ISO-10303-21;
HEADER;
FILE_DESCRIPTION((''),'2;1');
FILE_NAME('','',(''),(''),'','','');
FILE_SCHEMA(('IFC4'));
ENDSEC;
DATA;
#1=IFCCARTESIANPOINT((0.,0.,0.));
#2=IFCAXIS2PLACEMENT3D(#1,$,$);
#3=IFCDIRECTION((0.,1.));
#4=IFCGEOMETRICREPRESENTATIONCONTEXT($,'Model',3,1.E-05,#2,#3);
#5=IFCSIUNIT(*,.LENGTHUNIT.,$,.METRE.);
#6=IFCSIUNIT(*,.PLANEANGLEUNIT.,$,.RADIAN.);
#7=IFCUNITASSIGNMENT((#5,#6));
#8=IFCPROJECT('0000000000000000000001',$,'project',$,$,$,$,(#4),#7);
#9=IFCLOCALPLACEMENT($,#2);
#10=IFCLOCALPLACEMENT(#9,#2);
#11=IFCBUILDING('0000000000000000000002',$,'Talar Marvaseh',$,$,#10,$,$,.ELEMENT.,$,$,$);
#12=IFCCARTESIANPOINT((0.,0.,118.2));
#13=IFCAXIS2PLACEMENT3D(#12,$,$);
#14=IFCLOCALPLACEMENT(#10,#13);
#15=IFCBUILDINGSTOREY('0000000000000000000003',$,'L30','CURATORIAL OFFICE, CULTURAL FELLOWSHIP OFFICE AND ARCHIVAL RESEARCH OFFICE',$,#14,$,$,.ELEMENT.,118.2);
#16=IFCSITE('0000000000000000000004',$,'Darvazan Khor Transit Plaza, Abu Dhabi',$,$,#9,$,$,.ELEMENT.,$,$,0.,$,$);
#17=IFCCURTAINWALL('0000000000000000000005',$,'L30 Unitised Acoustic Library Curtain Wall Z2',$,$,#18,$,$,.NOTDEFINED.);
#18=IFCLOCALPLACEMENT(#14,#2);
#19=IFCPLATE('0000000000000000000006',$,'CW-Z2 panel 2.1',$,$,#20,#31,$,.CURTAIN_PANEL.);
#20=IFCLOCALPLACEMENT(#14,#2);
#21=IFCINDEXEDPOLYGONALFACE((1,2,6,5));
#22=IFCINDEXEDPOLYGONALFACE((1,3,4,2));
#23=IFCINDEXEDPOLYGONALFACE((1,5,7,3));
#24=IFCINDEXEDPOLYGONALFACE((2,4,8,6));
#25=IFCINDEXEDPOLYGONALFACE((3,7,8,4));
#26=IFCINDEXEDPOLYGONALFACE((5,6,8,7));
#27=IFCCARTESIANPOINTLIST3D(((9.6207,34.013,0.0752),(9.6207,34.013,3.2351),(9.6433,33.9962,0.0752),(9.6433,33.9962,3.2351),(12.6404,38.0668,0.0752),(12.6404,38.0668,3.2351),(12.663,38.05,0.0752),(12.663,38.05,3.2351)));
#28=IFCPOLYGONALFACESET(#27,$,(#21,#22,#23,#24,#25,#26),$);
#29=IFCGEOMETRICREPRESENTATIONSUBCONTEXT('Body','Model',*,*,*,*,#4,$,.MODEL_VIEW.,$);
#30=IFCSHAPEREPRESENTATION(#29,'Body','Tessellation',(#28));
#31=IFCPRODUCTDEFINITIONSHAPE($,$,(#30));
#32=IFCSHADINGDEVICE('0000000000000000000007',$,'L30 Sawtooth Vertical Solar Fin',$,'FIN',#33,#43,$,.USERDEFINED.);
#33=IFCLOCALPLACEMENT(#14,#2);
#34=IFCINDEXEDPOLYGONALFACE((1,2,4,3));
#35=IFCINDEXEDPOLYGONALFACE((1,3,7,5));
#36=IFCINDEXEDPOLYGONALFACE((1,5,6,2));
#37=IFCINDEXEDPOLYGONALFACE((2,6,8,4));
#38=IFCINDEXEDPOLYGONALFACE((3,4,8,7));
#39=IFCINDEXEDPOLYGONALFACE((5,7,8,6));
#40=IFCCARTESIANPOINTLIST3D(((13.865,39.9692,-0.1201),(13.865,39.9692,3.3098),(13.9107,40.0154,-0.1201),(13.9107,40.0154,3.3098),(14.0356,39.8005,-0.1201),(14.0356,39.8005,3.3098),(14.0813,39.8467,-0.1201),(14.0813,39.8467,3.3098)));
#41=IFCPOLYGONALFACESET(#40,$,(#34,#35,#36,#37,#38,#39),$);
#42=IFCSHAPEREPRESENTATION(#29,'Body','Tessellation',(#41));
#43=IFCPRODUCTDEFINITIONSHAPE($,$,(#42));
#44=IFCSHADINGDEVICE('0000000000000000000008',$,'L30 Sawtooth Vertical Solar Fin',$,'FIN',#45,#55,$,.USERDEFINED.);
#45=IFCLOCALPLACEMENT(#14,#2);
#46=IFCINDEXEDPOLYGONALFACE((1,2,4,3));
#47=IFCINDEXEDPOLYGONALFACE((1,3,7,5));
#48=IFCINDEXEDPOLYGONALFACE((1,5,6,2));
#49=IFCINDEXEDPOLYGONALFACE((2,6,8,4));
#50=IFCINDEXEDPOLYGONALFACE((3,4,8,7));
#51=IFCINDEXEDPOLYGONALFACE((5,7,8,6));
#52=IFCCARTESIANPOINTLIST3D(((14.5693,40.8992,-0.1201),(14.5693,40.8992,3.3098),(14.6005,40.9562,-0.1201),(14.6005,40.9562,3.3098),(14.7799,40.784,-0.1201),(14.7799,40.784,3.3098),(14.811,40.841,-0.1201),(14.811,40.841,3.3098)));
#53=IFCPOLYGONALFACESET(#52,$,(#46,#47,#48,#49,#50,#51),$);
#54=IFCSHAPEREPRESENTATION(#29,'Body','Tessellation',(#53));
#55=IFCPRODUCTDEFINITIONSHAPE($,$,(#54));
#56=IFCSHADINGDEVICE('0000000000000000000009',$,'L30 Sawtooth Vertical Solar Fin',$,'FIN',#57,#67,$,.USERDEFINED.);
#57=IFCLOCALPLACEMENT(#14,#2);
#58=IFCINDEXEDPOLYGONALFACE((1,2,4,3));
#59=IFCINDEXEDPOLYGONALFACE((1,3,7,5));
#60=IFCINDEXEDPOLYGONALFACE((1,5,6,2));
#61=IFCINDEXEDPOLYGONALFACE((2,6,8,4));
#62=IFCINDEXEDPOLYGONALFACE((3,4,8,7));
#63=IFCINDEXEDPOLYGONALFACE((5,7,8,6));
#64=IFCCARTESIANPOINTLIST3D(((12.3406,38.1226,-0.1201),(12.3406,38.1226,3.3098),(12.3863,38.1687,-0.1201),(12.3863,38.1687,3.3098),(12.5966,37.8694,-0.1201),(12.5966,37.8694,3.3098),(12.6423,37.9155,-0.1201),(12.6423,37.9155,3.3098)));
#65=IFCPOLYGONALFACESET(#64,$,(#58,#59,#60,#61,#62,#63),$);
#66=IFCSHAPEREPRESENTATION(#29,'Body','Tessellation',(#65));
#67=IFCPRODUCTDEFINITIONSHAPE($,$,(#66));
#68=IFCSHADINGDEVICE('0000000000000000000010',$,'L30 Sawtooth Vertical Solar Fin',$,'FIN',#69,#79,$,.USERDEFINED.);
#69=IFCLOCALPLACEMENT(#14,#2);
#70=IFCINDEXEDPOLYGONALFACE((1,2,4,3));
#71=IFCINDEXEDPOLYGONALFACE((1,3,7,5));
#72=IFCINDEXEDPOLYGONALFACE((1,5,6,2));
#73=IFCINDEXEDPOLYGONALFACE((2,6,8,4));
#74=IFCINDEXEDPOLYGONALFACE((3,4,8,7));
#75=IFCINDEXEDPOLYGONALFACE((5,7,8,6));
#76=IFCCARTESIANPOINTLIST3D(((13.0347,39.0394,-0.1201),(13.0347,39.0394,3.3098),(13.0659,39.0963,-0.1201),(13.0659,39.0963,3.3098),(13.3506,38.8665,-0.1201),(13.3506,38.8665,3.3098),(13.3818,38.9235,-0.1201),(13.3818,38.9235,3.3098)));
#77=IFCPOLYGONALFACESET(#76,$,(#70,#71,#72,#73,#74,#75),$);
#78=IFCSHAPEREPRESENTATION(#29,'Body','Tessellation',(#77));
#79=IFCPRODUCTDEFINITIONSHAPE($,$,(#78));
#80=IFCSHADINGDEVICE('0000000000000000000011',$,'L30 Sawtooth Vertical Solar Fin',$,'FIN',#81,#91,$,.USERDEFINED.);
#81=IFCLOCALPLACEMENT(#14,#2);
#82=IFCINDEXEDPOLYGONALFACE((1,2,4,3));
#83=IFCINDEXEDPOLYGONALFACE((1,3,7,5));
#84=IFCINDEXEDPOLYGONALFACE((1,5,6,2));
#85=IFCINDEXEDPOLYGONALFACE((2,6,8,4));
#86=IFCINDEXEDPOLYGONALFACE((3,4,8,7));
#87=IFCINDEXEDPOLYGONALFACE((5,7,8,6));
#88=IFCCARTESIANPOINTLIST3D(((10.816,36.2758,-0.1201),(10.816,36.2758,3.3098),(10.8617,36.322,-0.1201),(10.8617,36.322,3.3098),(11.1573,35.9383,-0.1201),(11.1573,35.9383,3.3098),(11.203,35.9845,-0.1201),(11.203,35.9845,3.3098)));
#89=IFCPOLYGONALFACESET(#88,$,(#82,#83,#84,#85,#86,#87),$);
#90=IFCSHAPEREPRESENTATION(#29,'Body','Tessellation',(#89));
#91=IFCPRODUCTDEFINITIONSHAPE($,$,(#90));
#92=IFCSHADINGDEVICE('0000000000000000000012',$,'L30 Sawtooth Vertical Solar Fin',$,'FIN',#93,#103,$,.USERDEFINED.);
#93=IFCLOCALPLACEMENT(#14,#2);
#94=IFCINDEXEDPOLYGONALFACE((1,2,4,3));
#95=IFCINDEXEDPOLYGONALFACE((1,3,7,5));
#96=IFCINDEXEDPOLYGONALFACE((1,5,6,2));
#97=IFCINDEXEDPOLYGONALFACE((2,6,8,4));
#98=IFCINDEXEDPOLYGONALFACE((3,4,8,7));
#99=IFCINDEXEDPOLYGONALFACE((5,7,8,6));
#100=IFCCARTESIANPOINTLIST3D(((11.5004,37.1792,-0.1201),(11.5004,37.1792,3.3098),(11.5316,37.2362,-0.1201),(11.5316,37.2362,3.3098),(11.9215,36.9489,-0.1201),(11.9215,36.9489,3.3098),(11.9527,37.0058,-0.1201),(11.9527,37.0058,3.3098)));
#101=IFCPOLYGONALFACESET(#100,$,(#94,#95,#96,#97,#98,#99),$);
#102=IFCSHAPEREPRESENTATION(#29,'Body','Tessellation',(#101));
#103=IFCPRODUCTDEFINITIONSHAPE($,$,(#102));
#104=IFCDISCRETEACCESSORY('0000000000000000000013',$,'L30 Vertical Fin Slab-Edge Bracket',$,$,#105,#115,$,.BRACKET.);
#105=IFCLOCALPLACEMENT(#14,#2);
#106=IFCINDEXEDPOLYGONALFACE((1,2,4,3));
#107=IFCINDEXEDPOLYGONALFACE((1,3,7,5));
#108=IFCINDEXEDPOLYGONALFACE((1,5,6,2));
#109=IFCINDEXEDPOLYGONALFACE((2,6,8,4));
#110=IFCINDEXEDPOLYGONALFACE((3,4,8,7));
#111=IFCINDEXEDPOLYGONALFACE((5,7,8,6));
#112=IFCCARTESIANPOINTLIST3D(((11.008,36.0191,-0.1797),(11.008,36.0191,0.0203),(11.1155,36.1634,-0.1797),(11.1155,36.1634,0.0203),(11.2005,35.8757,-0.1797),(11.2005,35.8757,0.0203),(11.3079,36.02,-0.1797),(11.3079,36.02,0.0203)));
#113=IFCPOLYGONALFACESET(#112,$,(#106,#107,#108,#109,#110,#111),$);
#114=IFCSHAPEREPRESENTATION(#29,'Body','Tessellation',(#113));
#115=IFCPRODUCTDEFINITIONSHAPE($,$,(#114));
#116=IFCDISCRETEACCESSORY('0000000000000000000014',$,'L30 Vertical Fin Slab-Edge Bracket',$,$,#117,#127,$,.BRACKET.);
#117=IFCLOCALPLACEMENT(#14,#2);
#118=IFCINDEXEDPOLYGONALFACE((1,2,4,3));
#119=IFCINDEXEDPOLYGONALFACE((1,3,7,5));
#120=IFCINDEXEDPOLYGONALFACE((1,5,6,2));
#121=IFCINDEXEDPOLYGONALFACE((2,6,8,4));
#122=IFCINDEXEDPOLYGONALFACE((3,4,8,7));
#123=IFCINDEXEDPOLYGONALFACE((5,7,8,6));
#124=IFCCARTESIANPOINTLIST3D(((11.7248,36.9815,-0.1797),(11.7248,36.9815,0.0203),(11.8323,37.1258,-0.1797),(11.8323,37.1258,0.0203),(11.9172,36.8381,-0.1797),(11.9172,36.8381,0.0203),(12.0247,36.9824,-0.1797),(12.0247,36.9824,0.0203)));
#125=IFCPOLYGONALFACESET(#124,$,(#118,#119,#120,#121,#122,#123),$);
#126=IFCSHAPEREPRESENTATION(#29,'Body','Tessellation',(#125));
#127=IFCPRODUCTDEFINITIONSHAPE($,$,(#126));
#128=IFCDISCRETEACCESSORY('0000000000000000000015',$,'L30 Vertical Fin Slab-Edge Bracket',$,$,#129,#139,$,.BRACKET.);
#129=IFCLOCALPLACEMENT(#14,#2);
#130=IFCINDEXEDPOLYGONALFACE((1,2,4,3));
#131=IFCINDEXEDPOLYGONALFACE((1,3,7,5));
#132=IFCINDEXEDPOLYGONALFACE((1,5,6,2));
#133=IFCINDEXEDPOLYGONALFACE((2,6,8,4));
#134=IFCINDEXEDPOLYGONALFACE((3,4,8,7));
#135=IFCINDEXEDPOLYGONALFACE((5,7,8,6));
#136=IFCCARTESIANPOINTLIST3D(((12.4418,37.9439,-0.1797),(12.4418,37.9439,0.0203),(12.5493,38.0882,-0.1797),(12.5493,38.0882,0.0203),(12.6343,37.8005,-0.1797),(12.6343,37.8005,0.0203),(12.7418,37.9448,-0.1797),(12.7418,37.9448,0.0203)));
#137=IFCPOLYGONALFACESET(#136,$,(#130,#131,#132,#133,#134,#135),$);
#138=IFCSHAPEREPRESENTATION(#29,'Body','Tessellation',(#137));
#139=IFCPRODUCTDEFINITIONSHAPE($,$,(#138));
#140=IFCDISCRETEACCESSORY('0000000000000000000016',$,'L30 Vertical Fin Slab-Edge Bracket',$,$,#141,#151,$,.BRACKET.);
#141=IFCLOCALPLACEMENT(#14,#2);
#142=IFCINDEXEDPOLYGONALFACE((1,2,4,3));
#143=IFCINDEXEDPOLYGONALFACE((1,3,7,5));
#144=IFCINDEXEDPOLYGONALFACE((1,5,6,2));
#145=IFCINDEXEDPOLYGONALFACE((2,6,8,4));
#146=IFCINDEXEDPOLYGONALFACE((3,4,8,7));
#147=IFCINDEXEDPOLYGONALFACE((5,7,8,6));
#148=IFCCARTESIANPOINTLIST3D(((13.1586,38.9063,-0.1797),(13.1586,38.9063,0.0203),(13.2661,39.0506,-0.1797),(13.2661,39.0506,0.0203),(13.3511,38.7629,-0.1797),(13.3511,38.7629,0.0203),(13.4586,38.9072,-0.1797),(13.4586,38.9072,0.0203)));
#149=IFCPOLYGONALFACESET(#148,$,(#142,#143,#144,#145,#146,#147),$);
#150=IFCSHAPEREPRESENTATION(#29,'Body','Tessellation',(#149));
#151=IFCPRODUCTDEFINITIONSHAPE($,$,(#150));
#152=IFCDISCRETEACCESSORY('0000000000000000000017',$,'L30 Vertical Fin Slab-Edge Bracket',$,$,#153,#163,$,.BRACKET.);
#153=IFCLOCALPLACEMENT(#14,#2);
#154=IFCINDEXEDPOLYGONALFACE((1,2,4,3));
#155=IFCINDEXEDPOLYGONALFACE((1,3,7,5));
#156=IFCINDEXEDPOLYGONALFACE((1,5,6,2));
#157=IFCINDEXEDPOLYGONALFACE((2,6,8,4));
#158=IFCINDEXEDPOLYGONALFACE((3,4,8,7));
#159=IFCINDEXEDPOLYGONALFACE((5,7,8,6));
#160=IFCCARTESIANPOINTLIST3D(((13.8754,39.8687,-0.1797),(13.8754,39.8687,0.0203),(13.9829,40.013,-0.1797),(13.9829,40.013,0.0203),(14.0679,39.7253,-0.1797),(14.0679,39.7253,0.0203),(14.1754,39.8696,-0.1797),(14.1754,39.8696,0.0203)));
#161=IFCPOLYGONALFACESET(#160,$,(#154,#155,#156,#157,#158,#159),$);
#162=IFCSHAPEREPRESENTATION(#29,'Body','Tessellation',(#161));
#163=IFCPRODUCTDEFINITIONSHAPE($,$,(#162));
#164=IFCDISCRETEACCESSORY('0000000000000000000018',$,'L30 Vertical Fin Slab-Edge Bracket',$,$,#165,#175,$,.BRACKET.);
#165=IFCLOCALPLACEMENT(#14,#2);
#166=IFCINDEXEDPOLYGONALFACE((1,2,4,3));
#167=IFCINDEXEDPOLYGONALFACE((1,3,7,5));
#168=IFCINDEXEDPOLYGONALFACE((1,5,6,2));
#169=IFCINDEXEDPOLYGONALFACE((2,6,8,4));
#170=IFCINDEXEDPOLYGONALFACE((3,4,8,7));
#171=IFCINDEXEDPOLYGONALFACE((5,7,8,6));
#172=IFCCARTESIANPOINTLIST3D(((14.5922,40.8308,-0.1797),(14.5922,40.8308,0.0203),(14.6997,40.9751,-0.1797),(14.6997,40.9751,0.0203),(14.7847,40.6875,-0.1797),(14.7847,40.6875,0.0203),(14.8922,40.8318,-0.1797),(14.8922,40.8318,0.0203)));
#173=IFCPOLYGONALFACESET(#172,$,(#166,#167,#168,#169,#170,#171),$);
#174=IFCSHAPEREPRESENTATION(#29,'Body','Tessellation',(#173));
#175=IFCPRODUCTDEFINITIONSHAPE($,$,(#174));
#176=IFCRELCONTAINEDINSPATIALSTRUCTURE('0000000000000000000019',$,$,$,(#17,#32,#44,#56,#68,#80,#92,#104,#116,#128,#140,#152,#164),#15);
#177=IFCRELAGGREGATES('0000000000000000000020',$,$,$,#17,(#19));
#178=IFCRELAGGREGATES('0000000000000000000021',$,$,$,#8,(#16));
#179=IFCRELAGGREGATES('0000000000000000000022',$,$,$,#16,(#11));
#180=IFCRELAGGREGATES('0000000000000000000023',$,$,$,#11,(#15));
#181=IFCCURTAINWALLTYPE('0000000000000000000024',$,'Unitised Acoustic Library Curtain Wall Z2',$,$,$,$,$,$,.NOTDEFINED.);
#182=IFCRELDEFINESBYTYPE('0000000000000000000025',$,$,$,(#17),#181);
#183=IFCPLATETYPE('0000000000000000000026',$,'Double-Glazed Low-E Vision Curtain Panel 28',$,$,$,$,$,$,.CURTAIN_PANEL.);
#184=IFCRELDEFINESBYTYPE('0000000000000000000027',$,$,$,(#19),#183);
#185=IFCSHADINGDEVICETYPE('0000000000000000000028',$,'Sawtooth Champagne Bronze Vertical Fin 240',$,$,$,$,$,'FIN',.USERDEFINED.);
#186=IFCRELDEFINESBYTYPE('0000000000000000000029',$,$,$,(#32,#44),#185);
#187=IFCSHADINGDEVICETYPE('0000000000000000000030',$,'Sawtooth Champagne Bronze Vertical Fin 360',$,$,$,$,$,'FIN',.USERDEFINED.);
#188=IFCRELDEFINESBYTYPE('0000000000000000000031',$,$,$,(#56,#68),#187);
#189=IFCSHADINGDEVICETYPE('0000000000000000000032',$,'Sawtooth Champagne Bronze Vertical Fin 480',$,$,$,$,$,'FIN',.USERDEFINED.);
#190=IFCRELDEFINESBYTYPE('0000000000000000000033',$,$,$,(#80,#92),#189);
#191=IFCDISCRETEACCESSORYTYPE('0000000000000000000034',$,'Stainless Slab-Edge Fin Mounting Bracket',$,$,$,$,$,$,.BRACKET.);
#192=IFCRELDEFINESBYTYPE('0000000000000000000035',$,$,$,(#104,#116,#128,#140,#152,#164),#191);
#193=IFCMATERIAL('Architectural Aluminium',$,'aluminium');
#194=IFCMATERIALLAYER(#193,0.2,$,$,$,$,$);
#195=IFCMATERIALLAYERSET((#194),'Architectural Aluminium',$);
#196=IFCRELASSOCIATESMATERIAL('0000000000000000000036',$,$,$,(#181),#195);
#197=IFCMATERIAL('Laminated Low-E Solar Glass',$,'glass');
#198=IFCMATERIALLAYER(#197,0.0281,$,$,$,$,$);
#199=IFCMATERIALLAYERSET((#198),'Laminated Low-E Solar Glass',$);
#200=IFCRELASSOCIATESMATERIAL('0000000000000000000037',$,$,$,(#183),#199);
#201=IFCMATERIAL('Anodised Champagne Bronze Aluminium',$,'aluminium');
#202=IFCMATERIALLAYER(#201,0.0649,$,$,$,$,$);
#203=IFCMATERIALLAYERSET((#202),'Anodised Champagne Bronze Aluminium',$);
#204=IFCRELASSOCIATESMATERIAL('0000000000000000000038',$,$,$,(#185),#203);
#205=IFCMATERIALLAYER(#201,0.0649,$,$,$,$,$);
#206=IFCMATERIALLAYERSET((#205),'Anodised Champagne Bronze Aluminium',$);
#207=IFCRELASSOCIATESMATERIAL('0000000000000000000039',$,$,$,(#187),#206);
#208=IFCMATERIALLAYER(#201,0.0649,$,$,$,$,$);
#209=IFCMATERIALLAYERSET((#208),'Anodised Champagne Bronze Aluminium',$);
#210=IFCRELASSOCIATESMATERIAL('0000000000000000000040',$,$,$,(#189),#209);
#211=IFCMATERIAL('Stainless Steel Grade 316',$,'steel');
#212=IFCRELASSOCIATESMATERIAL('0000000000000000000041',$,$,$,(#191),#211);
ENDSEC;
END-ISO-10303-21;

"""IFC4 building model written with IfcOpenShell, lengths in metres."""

from ifc_helpers import new_model, si_unit, direction, frame, origin, origin_2d, place, context, subcontext, project, spatial, rectangle, extrude, source, transform, mapped, material, layer, layer_set, type_object, type_shapes, element, aggregate, save


model = new_model("IFC4")

# Units and contexts
model_context = context("Model", 3, precision=1e-05, world=origin(), true_north=direction((0.0, 1.0)))
body_context = subcontext(model_context, "Body", "Model", "MODEL_VIEW")
ifc_project = project(units=[si_unit("LENGTHUNIT", "METRE"), si_unit("PLANEANGLEUNIT", "RADIAN")], contexts=[model_context])

# Site, building, storey
site_placement = place(None, origin())
site = spatial("IfcSite", under=ifc_project, at=site_placement, Name="Darvazan Khor Transit Plaza, Abu Dhabi", CompositionType="ELEMENT", RefElevation=0.0)
building_placement = place(site_placement, origin())
building = spatial("IfcBuilding", under=site, at=building_placement, Name="Talar Marvaseh", CompositionType="ELEMENT")
storey_placement = place(building_placement, frame((0.0, 0.0, 118.2)))
storey = spatial("IfcBuildingStorey", under=building, at=storey_placement, Name="L30", Description="CURATORIAL OFFICE, CULTURAL FELLOWSHIP OFFICE AND ARCHIVAL RESEARCH OFFICE", CompositionType="ELEMENT", Elevation=118.2)

# Curtain wall, plate
ifc_material_1 = material(Name="Architectural Aluminium", Category="aluminium")
ifc_layer_1 = layer(ifc_material_1, 0.2)
ifc_layer_set_1 = layer_set([ifc_layer_1], Name="Architectural Aluminium")
curtain_wall_type = type_object("IfcCurtainWallType", Name="Unitised Acoustic Library Curtain Wall Z2", PredefinedType="NOTDEFINED", material=ifc_layer_set_1)
curtain_wall_placement = place(storey_placement, origin())
curtain_wall = element("IfcCurtainWall", 1, at=curtain_wall_placement, inside=storey, type_object=curtain_wall_type, Name="L30 Unitised Acoustic Library Curtain Wall Z2", PredefinedType="NOTDEFINED")
ifc_material_2 = material(Name="Laminated Low-E Solar Glass", Category="glass")
ifc_layer_2 = layer(ifc_material_2, 0.0281)
ifc_layer_set_2 = layer_set([ifc_layer_2], Name="Laminated Low-E Solar Glass")
plate_type = type_object("IfcPlateType", Name="Double-Glazed Low-E Vision Curtain Panel 28", PredefinedType="CURTAIN_PANEL", material=ifc_layer_set_2)
shared_shape_1 = source(origin(), body_context, "Body", "SweptSolid", [
    extrude(rectangle(XDim=5.0549, YDim=0.0281, at=origin_2d()), origin(), (0.0, 0.0, 1.0), 3.1599),
])
plate_1_placement = place(storey_placement, frame((11.1418, 36.0315, 0.0752), z_axis=(0.0, 0.0, 1.0), x_axis=(0.597376, 0.801961, 0.0)))
plate_1 = element("IfcPlate", 2, at=plate_1_placement, type_object=plate_type, Name="CW-Z2 panel 2.1", PredefinedType="CURTAIN_PANEL", context=body_context, shape_type="MappedRepresentation", body=[
    mapped(shared_shape_1, transform((0.0, 0.0, 0.0), x_axis=(1.0, 0.0, 0.0), y_axis=(0.0, 1.0, 0.0), z_axis=(0.0, 0.0, 1.0), scale=1.0)),
])
aggregate(curtain_wall, [plate_1])

# Shading devices
ifc_material_3 = material(Name="Anodised Champagne Bronze Aluminium", Category="aluminium")
ifc_layer_3 = layer(ifc_material_3, 0.0649)
ifc_layer_set_3 = layer_set([ifc_layer_3], Name="Anodised Champagne Bronze Aluminium")
shading_device_type_1 = type_object("IfcShadingDeviceType", Name="Sawtooth Champagne Bronze Vertical Fin 240", ElementType="FIN", PredefinedType="USERDEFINED", material=ifc_layer_set_3)
shared_shape_2 = source(origin(), body_context, "Body", "SweptSolid", [
    extrude(rectangle(XDim=0.24, YDim=0.0649, at=origin_2d()), origin(), (0.0, 0.0, 1.0), 3.4299),
])
type_shapes(shading_device_type_1, [shared_shape_2])
for number, where, z_axis, x_axis, name in (
    (3, (13.9731, 39.908, -0.1201), (0.0, 0.0, 1.0), (-0.711045, 0.703147, 0.0), "L30 Sawtooth Vertical Solar Fin"),
    (4, (14.6902, 40.8701, -0.1201), (0.0, 0.0, 1.0), (-0.877314, 0.479917, 0.0), "L30 Sawtooth Vertical Solar Fin"),
):
    element("IfcShadingDevice", number, at=place(storey_placement, frame(where, z_axis=z_axis, x_axis=x_axis)), inside=storey, type_object=shading_device_type_1, Name=name, ObjectType="FIN", PredefinedType="USERDEFINED", context=body_context, shape_type="MappedRepresentation", body=[
        mapped(shared_shape_2, transform((0.0, 0.0, 0.0), x_axis=(1.0, 0.0, 0.0), y_axis=(0.0, 1.0, 0.0), z_axis=(0.0, 0.0, 1.0), scale=1.0)),
    ])
ifc_layer_4 = layer(ifc_material_3, 0.0649)
ifc_layer_set_4 = layer_set([ifc_layer_4], Name="Anodised Champagne Bronze Aluminium")
shading_device_type_2 = type_object("IfcShadingDeviceType", Name="Sawtooth Champagne Bronze Vertical Fin 360", ElementType="FIN", PredefinedType="USERDEFINED", material=ifc_layer_set_4)
shared_shape_3 = source(origin(), body_context, "Body", "SweptSolid", [
    extrude(rectangle(XDim=0.3601, YDim=0.0649, at=origin_2d()), origin(), (0.0, 0.0, 1.0), 3.4299),
])
type_shapes(shading_device_type_2, [shared_shape_3])
for number, where, z_axis, x_axis, name in (
    (5, (12.4915, 38.019, -0.1201), (0.0, 0.0, 1.0), (-0.711045, 0.703147, 0.0), "L30 Sawtooth Vertical Solar Fin"),
    (6, (13.2083, 38.9814, -0.1201), (0.0, 0.0, 1.0), (-0.877314, 0.479917, 0.0), "L30 Sawtooth Vertical Solar Fin"),
):
    element("IfcShadingDevice", number, at=place(storey_placement, frame(where, z_axis=z_axis, x_axis=x_axis)), inside=storey, type_object=shading_device_type_2, Name=name, ObjectType="FIN", PredefinedType="USERDEFINED", context=body_context, shape_type="MappedRepresentation", body=[
        mapped(shared_shape_3, transform((0.0, 0.0, 0.0), x_axis=(1.0, 0.0, 0.0), y_axis=(0.0, 1.0, 0.0), z_axis=(0.0, 0.0, 1.0), scale=1.0)),
    ])
ifc_layer_5 = layer(ifc_material_3, 0.0649)
ifc_layer_set_5 = layer_set([ifc_layer_5], Name="Anodised Champagne Bronze Aluminium")
shading_device_type_3 = type_object("IfcShadingDeviceType", Name="Sawtooth Champagne Bronze Vertical Fin 480", ElementType="FIN", PredefinedType="USERDEFINED", material=ifc_layer_set_5)
shared_shape_4 = source(origin(), body_context, "Body", "SweptSolid", [
    extrude(rectangle(XDim=0.48, YDim=0.0649, at=origin_2d()), origin(), (0.0, 0.0, 1.0), 3.4299),
])
type_shapes(shading_device_type_3, [shared_shape_4])
for number, where, z_axis, x_axis, name in (
    (7, (11.0095, 36.1301, -0.1201), (0.0, 0.0, 1.0), (-0.711045, 0.703147, 0.0), "L30 Sawtooth Vertical Solar Fin"),
    (8, (11.7266, 37.0925, -0.1201), (0.0, 0.0, 1.0), (-0.877314, 0.479917, 0.0), "L30 Sawtooth Vertical Solar Fin"),
):
    element("IfcShadingDevice", number, at=place(storey_placement, frame(where, z_axis=z_axis, x_axis=x_axis)), inside=storey, type_object=shading_device_type_3, Name=name, ObjectType="FIN", PredefinedType="USERDEFINED", context=body_context, shape_type="MappedRepresentation", body=[
        mapped(shared_shape_4, transform((0.0, 0.0, 0.0), x_axis=(1.0, 0.0, 0.0), y_axis=(0.0, 1.0, 0.0), z_axis=(0.0, 0.0, 1.0), scale=1.0)),
    ])

# Discrete accessories
ifc_material_4 = material(Name="Stainless Steel Grade 316", Category="steel")
discrete_accessory_type = type_object("IfcDiscreteAccessoryType", Name="Stainless Slab-Edge Fin Mounting Bracket", PredefinedType="BRACKET", material=ifc_material_4)
shared_shape_5 = source(origin(), body_context, "Body", "SweptSolid", [
    extrude(rectangle(XDim=0.24, YDim=0.1799, at=origin_2d()), origin(), (0.0, 0.0, 1.0), 0.2),
])
type_shapes(discrete_accessory_type, [shared_shape_5])
for number, where, z_axis, x_axis, name in (
    (9, (11.158, 36.0195, -0.1797), (0.0, 0.0, 1.0), (-0.801984, 0.597345, 0.0), "L30 Vertical Fin Slab-Edge Bracket"),
    (10, (11.8748, 36.9819, -0.1797), (0.0, 0.0, 1.0), (-0.801984, 0.597345, 0.0), "L30 Vertical Fin Slab-Edge Bracket"),
    (11, (12.5918, 37.9443, -0.1797), (0.0, 0.0, 1.0), (-0.801984, 0.597345, 0.0), "L30 Vertical Fin Slab-Edge Bracket"),
    (12, (13.3086, 38.9067, -0.1797), (0.0, 0.0, 1.0), (-0.801984, 0.597345, 0.0), "L30 Vertical Fin Slab-Edge Bracket"),
    (13, (14.0254, 39.8691, -0.1797), (0.0, 0.0, 1.0), (-0.801984, 0.597345, 0.0), "L30 Vertical Fin Slab-Edge Bracket"),
    (14, (14.7422, 40.8313, -0.1797), (0.0, 0.0, 1.0), (-0.801984, 0.597345, 0.0), "L30 Vertical Fin Slab-Edge Bracket"),
):
    element("IfcDiscreteAccessory", number, at=place(storey_placement, frame(where, z_axis=z_axis, x_axis=x_axis)), inside=storey, type_object=discrete_accessory_type, Name=name, PredefinedType="BRACKET", context=body_context, shape_type="MappedRepresentation", body=[
        mapped(shared_shape_5, transform((0.0, 0.0, 0.0), x_axis=(1.0, 0.0, 0.0), y_axis=(0.0, 1.0, 0.0), z_axis=(0.0, 0.0, 1.0), scale=1.0)),
    ])

save(model, "model.ifc")
